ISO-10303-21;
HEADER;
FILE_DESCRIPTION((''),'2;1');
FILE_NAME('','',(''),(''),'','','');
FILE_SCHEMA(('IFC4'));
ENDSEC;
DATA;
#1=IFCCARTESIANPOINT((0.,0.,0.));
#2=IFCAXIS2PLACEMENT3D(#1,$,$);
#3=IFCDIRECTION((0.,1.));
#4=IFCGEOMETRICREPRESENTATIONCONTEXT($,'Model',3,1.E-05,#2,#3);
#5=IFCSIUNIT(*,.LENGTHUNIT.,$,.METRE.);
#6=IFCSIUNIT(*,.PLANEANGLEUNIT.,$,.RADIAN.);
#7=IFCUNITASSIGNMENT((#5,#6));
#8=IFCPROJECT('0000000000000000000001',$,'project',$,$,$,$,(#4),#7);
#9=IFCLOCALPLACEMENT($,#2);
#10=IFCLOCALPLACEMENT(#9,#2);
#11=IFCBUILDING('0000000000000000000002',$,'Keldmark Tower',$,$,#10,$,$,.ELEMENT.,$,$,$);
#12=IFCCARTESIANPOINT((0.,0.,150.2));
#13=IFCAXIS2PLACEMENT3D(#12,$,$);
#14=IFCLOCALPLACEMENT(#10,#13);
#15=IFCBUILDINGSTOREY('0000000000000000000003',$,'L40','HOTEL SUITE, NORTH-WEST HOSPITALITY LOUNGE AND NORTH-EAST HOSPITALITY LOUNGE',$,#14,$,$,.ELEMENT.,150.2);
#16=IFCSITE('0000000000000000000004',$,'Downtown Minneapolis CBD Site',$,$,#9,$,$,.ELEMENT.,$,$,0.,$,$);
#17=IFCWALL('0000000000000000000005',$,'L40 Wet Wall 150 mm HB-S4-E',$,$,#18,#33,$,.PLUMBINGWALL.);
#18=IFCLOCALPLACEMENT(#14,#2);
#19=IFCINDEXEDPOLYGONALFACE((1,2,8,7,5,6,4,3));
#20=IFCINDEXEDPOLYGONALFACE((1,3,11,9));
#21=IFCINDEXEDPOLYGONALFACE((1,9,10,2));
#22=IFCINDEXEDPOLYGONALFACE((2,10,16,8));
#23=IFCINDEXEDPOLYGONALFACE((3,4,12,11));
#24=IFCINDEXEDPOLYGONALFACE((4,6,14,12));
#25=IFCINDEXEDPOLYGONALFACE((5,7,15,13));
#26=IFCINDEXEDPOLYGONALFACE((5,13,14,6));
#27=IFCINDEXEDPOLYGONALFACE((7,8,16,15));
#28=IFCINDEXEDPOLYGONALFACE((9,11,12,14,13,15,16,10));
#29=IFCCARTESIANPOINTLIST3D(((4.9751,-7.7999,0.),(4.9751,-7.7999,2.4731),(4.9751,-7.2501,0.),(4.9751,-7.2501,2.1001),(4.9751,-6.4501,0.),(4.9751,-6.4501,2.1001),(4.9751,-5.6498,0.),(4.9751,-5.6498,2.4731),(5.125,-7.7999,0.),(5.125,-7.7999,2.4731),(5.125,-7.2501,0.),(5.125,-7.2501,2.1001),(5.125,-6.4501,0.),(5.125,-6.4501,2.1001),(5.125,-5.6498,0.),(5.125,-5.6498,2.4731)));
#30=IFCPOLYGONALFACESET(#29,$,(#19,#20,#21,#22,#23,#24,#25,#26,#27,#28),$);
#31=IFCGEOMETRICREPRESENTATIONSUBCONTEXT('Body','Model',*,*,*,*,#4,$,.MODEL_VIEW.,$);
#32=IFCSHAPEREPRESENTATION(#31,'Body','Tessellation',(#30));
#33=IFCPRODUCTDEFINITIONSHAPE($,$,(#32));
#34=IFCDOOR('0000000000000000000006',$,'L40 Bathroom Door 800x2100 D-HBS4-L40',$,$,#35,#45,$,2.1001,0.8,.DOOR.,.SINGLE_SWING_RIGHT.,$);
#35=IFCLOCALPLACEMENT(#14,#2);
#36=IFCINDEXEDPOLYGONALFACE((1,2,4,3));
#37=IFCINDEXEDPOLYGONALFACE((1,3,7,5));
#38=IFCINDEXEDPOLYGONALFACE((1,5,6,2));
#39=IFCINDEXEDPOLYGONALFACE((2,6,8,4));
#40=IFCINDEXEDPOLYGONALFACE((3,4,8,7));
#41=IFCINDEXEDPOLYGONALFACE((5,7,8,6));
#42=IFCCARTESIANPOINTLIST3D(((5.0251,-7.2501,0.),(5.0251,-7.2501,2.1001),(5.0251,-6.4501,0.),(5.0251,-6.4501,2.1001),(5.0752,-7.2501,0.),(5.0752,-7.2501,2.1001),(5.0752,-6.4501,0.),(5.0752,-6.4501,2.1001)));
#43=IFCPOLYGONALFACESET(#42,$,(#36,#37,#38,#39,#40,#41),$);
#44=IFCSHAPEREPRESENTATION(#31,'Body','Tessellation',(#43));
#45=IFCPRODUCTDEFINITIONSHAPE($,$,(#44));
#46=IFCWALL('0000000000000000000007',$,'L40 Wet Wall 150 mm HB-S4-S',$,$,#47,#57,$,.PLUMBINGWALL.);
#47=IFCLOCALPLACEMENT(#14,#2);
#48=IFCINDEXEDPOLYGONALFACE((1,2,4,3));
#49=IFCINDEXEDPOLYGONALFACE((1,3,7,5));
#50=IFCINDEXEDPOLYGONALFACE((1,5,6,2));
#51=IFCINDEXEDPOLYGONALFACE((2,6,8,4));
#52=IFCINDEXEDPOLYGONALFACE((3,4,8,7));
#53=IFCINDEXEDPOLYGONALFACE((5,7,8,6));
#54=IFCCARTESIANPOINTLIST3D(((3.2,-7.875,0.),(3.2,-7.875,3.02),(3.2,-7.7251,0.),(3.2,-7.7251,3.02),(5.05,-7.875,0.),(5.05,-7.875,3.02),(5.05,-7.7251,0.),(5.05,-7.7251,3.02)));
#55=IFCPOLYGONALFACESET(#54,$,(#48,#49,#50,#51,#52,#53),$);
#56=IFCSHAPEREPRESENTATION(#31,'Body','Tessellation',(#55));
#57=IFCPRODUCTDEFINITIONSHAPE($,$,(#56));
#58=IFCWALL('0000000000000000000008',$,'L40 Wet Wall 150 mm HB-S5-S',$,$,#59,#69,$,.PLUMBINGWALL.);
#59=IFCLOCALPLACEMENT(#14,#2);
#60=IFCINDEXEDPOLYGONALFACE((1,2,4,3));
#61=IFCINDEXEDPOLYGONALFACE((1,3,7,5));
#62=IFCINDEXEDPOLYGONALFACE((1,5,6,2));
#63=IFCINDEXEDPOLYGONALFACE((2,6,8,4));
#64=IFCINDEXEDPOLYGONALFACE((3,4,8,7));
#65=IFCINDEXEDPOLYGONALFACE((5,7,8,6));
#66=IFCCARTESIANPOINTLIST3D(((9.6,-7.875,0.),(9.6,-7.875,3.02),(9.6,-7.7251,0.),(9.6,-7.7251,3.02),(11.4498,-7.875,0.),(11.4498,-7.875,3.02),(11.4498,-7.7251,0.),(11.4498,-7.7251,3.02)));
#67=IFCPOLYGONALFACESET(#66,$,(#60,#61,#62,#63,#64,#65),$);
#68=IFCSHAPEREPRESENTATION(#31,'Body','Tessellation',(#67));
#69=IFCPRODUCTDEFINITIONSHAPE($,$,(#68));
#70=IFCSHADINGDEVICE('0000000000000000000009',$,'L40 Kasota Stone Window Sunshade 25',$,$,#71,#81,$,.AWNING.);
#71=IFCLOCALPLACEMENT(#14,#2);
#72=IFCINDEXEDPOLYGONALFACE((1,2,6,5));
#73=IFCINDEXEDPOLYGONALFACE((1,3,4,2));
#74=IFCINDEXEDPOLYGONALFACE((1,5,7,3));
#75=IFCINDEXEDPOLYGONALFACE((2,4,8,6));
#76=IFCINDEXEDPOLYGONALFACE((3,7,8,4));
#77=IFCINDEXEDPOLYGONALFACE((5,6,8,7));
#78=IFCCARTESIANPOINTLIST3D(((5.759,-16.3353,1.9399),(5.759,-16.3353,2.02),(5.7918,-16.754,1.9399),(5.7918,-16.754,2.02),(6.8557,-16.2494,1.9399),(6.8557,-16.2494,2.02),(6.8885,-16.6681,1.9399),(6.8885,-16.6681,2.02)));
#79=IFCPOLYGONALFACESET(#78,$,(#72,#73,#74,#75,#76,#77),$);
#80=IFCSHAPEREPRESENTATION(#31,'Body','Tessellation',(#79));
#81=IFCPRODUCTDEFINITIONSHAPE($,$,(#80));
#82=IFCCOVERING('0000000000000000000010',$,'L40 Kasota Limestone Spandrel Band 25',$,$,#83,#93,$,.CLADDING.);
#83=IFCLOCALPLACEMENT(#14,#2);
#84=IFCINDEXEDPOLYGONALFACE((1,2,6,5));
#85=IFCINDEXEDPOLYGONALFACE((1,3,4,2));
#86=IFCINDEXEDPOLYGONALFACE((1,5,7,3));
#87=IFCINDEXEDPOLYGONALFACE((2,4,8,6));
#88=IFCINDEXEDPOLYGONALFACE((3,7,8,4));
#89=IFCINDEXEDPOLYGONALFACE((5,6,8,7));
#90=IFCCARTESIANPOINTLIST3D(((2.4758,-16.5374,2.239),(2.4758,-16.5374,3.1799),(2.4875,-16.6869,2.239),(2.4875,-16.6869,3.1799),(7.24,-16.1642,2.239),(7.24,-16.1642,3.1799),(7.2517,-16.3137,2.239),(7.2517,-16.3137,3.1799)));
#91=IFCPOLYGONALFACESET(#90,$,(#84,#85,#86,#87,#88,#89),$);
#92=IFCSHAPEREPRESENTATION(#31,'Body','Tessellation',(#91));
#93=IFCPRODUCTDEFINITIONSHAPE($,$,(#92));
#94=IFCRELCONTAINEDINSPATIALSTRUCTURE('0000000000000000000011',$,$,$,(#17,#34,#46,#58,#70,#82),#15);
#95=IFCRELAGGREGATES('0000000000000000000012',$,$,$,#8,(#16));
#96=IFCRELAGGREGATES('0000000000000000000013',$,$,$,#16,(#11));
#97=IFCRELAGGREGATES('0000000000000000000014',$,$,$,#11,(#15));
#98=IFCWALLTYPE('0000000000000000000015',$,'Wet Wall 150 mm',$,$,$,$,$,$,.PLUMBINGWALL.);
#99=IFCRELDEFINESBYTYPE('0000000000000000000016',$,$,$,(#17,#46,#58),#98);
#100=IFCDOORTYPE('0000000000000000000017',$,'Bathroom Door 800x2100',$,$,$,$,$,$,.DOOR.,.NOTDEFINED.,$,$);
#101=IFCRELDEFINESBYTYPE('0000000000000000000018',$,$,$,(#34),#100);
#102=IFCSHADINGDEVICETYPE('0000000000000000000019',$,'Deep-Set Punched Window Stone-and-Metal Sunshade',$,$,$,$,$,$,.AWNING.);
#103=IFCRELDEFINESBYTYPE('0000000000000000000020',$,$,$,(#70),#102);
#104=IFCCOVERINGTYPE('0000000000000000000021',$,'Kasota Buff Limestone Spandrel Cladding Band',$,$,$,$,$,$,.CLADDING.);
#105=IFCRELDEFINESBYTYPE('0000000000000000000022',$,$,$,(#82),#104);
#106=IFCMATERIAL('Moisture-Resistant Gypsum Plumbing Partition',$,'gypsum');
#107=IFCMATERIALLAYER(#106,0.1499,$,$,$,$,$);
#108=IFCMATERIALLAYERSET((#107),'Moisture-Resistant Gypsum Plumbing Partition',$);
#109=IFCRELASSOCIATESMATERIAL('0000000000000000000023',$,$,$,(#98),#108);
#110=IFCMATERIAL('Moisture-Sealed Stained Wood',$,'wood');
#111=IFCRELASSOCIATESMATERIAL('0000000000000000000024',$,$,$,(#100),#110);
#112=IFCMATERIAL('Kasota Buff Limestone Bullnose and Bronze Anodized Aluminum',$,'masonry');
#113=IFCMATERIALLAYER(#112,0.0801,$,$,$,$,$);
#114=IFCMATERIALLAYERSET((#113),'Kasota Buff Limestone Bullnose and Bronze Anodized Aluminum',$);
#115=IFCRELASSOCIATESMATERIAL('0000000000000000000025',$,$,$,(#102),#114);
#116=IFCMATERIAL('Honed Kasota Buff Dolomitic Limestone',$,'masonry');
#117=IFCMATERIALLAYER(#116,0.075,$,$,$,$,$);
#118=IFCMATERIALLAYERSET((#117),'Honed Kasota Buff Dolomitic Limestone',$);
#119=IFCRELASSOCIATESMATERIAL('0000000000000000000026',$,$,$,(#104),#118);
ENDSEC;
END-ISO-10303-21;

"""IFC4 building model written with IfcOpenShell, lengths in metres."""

from ifc_helpers import new_model, si_unit, direction, frame, frame_2d, origin, origin_2d, place, context, subcontext, project, spatial, rectangle, extrude, material, layer, layer_set, type_object, element, fill, save


model = new_model("IFC4")

# Units and contexts
model_context = context("Model", 3, precision=1e-05, world=origin(), true_north=direction((0.0, 1.0)))
body_context = subcontext(model_context, "Body", "Model", "MODEL_VIEW")
ifc_project = project(units=[si_unit("LENGTHUNIT", "METRE"), si_unit("PLANEANGLEUNIT", "RADIAN")], contexts=[model_context])

# Site, building, storey
site_placement = place(None, origin())
site = spatial("IfcSite", under=ifc_project, at=site_placement, Name="Downtown Minneapolis CBD Site", CompositionType="ELEMENT", RefElevation=0.0)
building_placement = place(site_placement, origin())
building = spatial("IfcBuilding", under=site, at=building_placement, Name="Keldmark Tower", CompositionType="ELEMENT")
storey_placement = place(building_placement, frame((0.0, 0.0, 150.2)))
storey = spatial("IfcBuildingStorey", under=building, at=storey_placement, Name="L40", Description="HOTEL SUITE, NORTH-WEST HOSPITALITY LOUNGE AND NORTH-EAST HOSPITALITY LOUNGE", CompositionType="ELEMENT", Elevation=150.2)

# Shared definitions
ifc_material_1 = material(Name="Moisture-Resistant Gypsum Plumbing Partition", Category="gypsum")
ifc_layer_1 = layer(ifc_material_1, 0.1499)
ifc_layer_set_1 = layer_set([ifc_layer_1], Name="Moisture-Resistant Gypsum Plumbing Partition")
wall_type_1 = type_object("IfcWallType", Name="Wet Wall 150 mm", PredefinedType="PLUMBINGWALL", material=ifc_layer_set_1)

# Wall, opening, door
wall_1_placement = place(storey_placement, frame((5.05, -7.8, 0.0), z_axis=(0.0, 0.0, 1.0), x_axis=(0.0, 1.0, 0.0)))
wall_1 = element("IfcWall", 1, at=wall_1_placement, inside=storey, type_object=wall_type_1, Name="L40 Wet Wall 150 mm HB-S4-E", PredefinedType="PLUMBINGWALL", context=body_context, shape_type="SweptSolid", body=[
    extrude(rectangle(XDim=2.1501, YDim=0.1499, at=frame_2d((1.0752, 0.0))), origin(), (0.0, 0.0, 1.0), 2.4731),
])
opening_1_placement = place(wall_1_placement, frame((0.55, 0.0, 0.0)))
opening_1 = element("IfcOpeningElement", 2, at=opening_1_placement, cuts=wall_1, PredefinedType="OPENING", context=body_context, shape_type="SweptSolid", body=[
    extrude(rectangle(XDim=0.8, YDim=2.1001, at=frame_2d((0.3999, 1.05))), frame((0.0, 0.085, 0.0), z_axis=(0.0, -1.0, 0.0), x_axis=(1.0, 0.0, 0.0)), (0.0, 0.0, 1.0), 0.1699),
])
ifc_material_2 = material(Name="Moisture-Sealed Stained Wood", Category="wood")
door_type = type_object("IfcDoorType", Name="Bathroom Door 800x2100", OperationType="NOTDEFINED", PredefinedType="DOOR", material=ifc_material_2)
door_placement = place(opening_1_placement, origin())
door = element("IfcDoor", 3, at=door_placement, inside=storey, type_object=door_type, Name="L40 Bathroom Door 800x2100 D-HBS4-L40", OperationType="SINGLE_SWING_RIGHT", OverallHeight=2.1001, OverallWidth=0.8, PredefinedType="DOOR", context=body_context, shape_type="SweptSolid", body=[
    extrude(rectangle(XDim=0.8, YDim=2.1001, at=frame_2d((0.3999, 1.05))), frame((0.0, 0.0249, 0.0), z_axis=(0.0, -1.0, 0.0), x_axis=(1.0, 0.0, 0.0)), (0.0, 0.0, 1.0), 0.05),
])
fill(opening_1, door)

# Walls
wall_2_placement = place(storey_placement, frame((3.2, -7.8, 0.0), z_axis=(0.0, 0.0, 1.0), x_axis=(1.0, 0.0, 0.0)))
element("IfcWall", 4, at=wall_2_placement, inside=storey, type_object=wall_type_1, Name="L40 Wet Wall 150 mm HB-S4-S", PredefinedType="PLUMBINGWALL", context=body_context, shape_type="SweptSolid", body=[
    extrude(rectangle(XDim=1.8501, YDim=0.1499, at=frame_2d((0.925, 0.0))), origin(), (0.0, 0.0, 1.0), 3.02),
])
wall_3_placement = place(storey_placement, frame((9.6001, -7.8, 0.0), z_axis=(0.0, 0.0, 1.0), x_axis=(1.0, 0.0, 0.0)))
element("IfcWall", 5, at=wall_3_placement, inside=storey, type_object=wall_type_1, Name="L40 Wet Wall 150 mm HB-S5-S", PredefinedType="PLUMBINGWALL", context=body_context, shape_type="SweptSolid", body=[
    extrude(rectangle(XDim=1.8499, YDim=0.1499, at=frame_2d((0.9248, 0.0))), origin(), (0.0, 0.0, 1.0), 3.02),
])

# Shading device
ifc_material_3 = material(Name="Kasota Buff Limestone Bullnose and Bronze Anodized Aluminum", Category="masonry")
ifc_layer_2 = layer(ifc_material_3, 0.0801)
ifc_layer_set_2 = layer_set([ifc_layer_2], Name="Kasota Buff Limestone Bullnose and Bronze Anodized Aluminum")
shading_device_type = type_object("IfcShadingDeviceType", Name="Deep-Set Punched Window Stone-and-Metal Sunshade", PredefinedType="AWNING", material=ifc_layer_set_2)
shading_device_placement = place(storey_placement, frame((6.3237, -16.5017, 1.9399), z_axis=(0.0, 0.0, 1.0), x_axis=(-0.996946, -0.078094, 0.0)))
element("IfcShadingDevice", 6, at=shading_device_placement, inside=storey, type_object=shading_device_type, Name="L40 Kasota Stone Window Sunshade 25", PredefinedType="AWNING", context=body_context, shape_type="SweptSolid", body=[
    extrude(rectangle(XDim=1.1001, YDim=0.4199, at=origin_2d()), origin(), (0.0, 0.0, 1.0), 0.0801),
])

# Covering
ifc_material_4 = material(Name="Honed Kasota Buff Dolomitic Limestone", Category="masonry")
ifc_layer_3 = layer(ifc_material_4, 0.075)
ifc_layer_set_3 = layer_set([ifc_layer_3], Name="Honed Kasota Buff Dolomitic Limestone")
covering_type = type_object("IfcCoveringType", Name="Kasota Buff Limestone Spandrel Cladding Band", PredefinedType="CLADDING", material=ifc_layer_set_3)
covering_placement = place(storey_placement, frame((4.8638, -16.4255, 2.239), z_axis=(0.0, 0.0, 1.0), x_axis=(0.996946, 0.078094, 0.0)))
element("IfcCovering", 7, at=covering_placement, inside=storey, type_object=covering_type, Name="L40 Kasota Limestone Spandrel Band 25", PredefinedType="CLADDING", context=body_context, shape_type="SweptSolid", body=[
    extrude(rectangle(XDim=4.7788, YDim=0.1499, at=origin_2d()), origin(), (0.0, 0.0, 1.0), 0.9409),
])

save(model, "model.ifc")
